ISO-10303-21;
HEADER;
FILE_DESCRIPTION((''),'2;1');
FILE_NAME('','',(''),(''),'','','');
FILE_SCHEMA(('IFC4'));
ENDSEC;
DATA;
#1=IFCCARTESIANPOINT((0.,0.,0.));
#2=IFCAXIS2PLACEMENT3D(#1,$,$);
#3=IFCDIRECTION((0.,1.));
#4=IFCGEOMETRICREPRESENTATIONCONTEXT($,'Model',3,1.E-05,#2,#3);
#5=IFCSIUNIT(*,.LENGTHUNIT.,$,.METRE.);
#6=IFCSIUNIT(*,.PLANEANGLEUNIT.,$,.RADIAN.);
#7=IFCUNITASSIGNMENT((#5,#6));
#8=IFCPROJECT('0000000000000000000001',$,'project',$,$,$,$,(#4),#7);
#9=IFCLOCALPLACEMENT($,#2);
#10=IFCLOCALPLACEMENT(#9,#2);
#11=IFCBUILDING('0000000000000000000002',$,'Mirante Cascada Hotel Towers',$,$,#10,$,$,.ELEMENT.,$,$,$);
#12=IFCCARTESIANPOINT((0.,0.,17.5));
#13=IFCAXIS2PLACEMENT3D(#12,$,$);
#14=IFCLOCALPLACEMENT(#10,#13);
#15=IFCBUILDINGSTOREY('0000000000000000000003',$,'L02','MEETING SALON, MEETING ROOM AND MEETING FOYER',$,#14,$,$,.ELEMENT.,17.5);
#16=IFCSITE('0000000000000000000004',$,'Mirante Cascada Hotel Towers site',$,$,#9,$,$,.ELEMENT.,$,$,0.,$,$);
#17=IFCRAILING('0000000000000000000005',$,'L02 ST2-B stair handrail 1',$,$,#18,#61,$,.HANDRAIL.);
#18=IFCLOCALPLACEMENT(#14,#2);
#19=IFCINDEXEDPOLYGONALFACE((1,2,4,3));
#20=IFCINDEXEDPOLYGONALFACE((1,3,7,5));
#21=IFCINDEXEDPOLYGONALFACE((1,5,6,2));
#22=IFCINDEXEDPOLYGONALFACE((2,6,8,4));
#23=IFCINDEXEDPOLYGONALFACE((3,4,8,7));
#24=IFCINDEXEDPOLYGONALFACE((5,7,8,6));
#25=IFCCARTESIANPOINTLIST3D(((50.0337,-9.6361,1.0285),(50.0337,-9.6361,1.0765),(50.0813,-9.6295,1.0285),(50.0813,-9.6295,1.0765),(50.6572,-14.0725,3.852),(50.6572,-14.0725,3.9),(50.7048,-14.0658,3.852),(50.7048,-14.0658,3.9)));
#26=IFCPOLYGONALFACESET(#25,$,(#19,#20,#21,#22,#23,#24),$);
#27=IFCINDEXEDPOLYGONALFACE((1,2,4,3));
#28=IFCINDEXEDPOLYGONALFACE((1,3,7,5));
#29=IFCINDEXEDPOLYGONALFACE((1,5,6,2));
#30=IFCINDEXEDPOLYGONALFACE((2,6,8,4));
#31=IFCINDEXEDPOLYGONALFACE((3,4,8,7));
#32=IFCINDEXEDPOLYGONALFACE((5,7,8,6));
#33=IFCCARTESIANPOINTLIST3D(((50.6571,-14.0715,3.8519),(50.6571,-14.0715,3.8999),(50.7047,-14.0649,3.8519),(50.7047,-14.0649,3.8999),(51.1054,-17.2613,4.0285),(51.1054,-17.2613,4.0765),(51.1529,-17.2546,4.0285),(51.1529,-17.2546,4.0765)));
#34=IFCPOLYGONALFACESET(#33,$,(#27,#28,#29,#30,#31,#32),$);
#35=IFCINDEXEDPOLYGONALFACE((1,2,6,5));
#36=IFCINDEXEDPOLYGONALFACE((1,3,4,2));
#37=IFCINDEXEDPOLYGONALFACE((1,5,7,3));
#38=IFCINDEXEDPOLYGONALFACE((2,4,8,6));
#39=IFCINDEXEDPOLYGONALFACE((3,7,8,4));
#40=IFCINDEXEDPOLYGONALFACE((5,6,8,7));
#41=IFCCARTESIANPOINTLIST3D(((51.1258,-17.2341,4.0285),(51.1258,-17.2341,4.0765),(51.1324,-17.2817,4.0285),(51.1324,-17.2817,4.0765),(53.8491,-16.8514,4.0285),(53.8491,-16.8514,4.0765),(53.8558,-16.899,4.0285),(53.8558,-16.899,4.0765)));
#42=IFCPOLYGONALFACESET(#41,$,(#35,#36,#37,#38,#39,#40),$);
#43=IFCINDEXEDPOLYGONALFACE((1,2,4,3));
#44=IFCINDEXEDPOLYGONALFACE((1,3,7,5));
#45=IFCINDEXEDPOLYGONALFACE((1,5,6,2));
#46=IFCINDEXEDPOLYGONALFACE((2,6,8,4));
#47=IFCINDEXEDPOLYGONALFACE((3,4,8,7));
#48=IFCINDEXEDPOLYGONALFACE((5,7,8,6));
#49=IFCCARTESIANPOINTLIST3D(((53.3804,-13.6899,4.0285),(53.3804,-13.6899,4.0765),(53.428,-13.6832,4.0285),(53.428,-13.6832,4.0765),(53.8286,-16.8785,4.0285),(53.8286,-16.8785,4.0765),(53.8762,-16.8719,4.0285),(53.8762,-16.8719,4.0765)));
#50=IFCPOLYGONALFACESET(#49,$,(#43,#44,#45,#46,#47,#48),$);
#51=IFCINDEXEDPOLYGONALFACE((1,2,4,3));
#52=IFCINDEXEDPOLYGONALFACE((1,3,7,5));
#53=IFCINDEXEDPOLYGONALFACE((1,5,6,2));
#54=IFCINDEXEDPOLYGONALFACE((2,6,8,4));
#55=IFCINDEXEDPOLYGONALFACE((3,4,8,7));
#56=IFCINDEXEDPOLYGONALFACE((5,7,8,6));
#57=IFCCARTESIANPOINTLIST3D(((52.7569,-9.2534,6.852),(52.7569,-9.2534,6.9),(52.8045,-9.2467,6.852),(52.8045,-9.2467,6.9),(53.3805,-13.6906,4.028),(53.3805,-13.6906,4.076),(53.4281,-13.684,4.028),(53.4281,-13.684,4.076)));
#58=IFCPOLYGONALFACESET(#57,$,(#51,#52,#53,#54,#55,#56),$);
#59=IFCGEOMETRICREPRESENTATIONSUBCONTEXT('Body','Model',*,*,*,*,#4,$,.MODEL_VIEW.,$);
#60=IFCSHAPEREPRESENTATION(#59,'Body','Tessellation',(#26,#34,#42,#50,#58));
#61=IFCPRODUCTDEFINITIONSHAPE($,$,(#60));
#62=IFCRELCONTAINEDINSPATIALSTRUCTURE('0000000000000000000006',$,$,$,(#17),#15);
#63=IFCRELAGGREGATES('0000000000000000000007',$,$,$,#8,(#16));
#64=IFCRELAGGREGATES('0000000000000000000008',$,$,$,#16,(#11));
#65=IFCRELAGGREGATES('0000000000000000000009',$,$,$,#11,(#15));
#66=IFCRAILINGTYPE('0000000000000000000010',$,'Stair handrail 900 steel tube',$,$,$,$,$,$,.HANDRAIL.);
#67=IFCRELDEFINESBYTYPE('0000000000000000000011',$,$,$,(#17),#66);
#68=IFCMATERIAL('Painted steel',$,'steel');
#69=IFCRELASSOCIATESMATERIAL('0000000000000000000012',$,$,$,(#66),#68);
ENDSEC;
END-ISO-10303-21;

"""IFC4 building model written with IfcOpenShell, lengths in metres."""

from ifc_helpers import new_model, si_unit, direction, frame, origin, origin_2d, place, context, subcontext, project, spatial, rectangle, extrude, material, type_object, element, save


model = new_model("IFC4")

# Units and contexts
model_context = context("Model", 3, precision=1e-05, world=origin(), true_north=direction((0.0, 1.0)))
body_context = subcontext(model_context, "Body", "Model", "MODEL_VIEW")
ifc_project = project(units=[si_unit("LENGTHUNIT", "METRE"), si_unit("PLANEANGLEUNIT", "RADIAN")], contexts=[model_context])

# Site, building, storey
site_placement = place(None, origin())
site = spatial("IfcSite", under=ifc_project, at=site_placement, Name="Mirante Cascada Hotel Towers site", CompositionType="ELEMENT", RefElevation=0.0)
building_placement = place(site_placement, origin())
building = spatial("IfcBuilding", under=site, at=building_placement, Name="Mirante Cascada Hotel Towers", CompositionType="ELEMENT")
storey_placement = place(building_placement, frame((0.0, 0.0, 17.5)))
storey = spatial("IfcBuildingStorey", under=building, at=storey_placement, Name="L02", Description="MEETING SALON, MEETING ROOM AND MEETING FOYER", CompositionType="ELEMENT", Elevation=17.5)

# Railing
ifc_material_1 = material(Name="Painted steel", Category="steel")
railing_type_1 = type_object("IfcRailingType", Name="Stair handrail 900 steel tube", PredefinedType="HANDRAIL", material=ifc_material_1)
railing_1_placement = place(storey_placement, frame((50.0575, -9.6328, 0.1765)))
element("IfcRailing", 1, at=railing_1_placement, inside=storey, type_object=railing_type_1, Name="L02 ST2-B stair handrail 1", PredefinedType="HANDRAIL", context=body_context, shape_type="SweptSolid", body=[
    extrude(rectangle(XDim=0.048, YDim=0.048, at=origin_2d()), frame((0.0, 0.0, 0.876), z_axis=(0.139174, -0.990268, 0.0), x_axis=(0.990268, 0.139174, 0.0)), (0.0, 0.533186, 0.845998), 5.2955),
    extrude(rectangle(XDim=0.048, YDim=0.048, at=origin_2d()), frame((0.6234, -4.4354, 3.6994), z_axis=(0.13916, -0.99027, 0.0), x_axis=(0.99027, 0.13916, 0.0)), (0.0, 0.054731, 0.998501), 3.2259),
    extrude(rectangle(XDim=0.048, YDim=0.048, at=origin_2d()), frame((1.0716, -7.6251, 3.876), z_axis=(0.99027, 0.139161, 0.0), x_axis=(-0.139161, 0.99027, 0.0)), (0.0, 0.0, 1.0), 2.7501),
    extrude(rectangle(XDim=0.048, YDim=0.048, at=origin_2d()), frame((3.7949, -7.2424, 3.876), z_axis=(-0.139191, 0.990266, 0.0), x_axis=(-0.990266, -0.139191, 0.0)), (0.0, 0.0, 1.0), 3.22),
    extrude(rectangle(XDim=0.048, YDim=0.048, at=origin_2d()), frame((3.3468, -4.0545, 3.8755), z_axis=(-0.139174, 0.990268, 0.0), x_axis=(-0.990268, -0.139174, 0.0)), (0.0, 0.533186, 0.845998), 5.2965),
])

save(model, "model.ifc")
